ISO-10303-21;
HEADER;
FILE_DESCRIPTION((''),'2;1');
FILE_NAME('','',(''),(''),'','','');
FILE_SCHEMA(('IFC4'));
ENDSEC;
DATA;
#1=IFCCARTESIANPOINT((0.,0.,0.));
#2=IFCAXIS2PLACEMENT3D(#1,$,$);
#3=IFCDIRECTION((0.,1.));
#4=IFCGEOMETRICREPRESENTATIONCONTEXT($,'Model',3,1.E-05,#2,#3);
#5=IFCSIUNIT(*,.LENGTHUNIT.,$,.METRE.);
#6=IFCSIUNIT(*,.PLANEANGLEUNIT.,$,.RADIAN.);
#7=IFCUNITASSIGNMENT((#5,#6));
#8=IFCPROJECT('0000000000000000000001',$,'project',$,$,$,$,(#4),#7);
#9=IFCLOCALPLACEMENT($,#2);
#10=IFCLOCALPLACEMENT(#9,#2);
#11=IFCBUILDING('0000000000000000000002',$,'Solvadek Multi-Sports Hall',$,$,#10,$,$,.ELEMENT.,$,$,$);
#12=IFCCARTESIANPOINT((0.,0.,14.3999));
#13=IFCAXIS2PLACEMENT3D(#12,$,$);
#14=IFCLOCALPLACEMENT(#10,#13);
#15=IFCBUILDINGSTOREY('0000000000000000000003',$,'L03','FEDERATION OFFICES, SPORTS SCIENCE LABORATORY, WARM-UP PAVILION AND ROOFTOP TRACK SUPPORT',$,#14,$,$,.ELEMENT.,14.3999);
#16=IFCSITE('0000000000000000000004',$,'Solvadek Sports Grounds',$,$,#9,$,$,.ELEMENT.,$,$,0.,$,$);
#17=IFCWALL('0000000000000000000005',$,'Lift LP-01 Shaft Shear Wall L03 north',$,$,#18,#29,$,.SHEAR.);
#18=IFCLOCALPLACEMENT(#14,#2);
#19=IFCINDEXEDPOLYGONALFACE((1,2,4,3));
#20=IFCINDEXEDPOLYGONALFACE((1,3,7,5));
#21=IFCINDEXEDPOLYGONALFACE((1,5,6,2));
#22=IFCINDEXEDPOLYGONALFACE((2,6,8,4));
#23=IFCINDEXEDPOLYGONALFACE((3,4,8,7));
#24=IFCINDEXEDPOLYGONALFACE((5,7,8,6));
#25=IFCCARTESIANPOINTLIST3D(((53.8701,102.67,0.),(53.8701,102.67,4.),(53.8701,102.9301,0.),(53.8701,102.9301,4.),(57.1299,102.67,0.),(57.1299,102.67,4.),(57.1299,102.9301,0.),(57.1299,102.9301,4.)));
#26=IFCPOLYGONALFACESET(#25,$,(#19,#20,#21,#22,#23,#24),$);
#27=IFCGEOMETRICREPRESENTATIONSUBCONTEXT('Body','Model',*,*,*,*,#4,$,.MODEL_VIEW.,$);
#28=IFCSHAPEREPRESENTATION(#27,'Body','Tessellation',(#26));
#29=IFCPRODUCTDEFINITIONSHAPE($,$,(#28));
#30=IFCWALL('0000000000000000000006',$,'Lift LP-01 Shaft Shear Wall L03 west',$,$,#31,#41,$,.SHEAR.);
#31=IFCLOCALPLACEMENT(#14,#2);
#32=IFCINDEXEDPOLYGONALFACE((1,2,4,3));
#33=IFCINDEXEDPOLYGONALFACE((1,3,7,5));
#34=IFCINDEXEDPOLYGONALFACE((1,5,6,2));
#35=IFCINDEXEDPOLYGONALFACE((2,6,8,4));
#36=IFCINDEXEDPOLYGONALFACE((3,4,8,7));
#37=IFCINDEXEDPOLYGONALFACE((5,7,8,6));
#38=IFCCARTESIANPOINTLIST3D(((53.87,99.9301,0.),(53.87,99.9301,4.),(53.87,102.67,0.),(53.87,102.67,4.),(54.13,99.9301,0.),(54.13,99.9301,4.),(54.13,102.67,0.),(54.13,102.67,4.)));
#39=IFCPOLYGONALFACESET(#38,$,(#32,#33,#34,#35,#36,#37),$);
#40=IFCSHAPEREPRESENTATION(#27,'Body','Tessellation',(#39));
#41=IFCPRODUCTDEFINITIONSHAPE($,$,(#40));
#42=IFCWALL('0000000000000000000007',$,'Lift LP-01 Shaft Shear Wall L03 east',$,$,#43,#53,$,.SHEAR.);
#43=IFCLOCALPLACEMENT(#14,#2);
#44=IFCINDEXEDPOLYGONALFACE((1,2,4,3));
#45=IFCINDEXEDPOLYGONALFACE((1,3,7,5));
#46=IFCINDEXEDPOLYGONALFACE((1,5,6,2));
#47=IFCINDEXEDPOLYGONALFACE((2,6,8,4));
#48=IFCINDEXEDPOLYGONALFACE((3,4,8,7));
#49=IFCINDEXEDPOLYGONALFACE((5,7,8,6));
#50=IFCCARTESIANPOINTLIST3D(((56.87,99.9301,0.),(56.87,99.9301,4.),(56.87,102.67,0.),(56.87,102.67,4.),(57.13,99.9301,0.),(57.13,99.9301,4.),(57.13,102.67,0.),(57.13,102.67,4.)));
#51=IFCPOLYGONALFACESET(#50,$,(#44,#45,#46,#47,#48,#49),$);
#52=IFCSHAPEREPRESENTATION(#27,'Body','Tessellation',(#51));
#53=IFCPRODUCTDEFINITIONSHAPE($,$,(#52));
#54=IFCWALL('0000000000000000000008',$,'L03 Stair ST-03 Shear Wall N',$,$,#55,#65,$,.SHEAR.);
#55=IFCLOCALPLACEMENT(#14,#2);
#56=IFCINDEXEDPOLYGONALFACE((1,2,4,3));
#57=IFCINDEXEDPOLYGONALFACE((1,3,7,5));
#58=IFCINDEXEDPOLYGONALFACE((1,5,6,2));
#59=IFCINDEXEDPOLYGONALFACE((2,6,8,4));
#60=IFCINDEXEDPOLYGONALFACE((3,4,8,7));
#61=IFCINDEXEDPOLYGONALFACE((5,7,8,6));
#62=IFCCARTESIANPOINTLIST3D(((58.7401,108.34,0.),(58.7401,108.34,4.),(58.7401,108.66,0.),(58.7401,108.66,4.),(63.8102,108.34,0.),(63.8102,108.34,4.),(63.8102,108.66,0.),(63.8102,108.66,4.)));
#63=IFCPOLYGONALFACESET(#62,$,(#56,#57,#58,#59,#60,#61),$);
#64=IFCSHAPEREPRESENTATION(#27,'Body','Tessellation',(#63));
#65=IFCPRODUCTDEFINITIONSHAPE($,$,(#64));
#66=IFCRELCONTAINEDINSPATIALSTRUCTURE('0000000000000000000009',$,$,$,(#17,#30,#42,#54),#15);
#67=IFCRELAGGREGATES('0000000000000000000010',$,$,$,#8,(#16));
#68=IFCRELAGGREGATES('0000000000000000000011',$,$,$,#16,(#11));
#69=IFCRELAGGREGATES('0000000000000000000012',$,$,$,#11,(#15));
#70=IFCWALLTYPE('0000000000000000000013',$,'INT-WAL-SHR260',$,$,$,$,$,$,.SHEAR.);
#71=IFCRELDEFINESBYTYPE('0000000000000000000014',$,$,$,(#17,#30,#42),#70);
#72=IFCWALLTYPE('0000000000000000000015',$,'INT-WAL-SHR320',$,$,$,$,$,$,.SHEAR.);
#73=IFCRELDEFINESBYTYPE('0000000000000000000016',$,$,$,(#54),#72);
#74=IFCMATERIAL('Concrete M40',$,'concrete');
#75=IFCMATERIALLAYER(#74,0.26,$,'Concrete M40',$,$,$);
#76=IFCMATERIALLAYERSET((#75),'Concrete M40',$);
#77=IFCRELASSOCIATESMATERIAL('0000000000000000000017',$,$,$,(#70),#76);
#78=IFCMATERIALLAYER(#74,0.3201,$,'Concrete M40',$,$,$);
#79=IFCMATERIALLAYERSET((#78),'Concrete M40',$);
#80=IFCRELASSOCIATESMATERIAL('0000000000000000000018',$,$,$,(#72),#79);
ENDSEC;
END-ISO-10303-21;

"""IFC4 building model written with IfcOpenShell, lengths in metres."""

from ifc_helpers import new_model, si_unit, direction, frame, frame_2d, origin, place, context, subcontext, project, spatial, rectangle, extrude, material, layer, layer_set, type_object, element, save


model = new_model("IFC4")

# Units and contexts
model_context = context("Model", 3, precision=1e-05, world=origin(), true_north=direction((0.0, 1.0)))
body_context = subcontext(model_context, "Body", "Model", "MODEL_VIEW")
ifc_project = project(units=[si_unit("LENGTHUNIT", "METRE"), si_unit("PLANEANGLEUNIT", "RADIAN")], contexts=[model_context])

# Site, building, storey
site_placement = place(None, origin())
site = spatial("IfcSite", under=ifc_project, at=site_placement, Name="Solvadek Sports Grounds", CompositionType="ELEMENT", RefElevation=0.0)
building_placement = place(site_placement, origin())
building = spatial("IfcBuilding", under=site, at=building_placement, Name="Solvadek Multi-Sports Hall", CompositionType="ELEMENT")
storey_placement = place(building_placement, frame((0.0, 0.0, 14.3999)))
storey = spatial("IfcBuildingStorey", under=building, at=storey_placement, Name="L03", Description="FEDERATION OFFICES, SPORTS SCIENCE LABORATORY, WARM-UP PAVILION AND ROOFTOP TRACK SUPPORT", CompositionType="ELEMENT", Elevation=14.3999)

# Walls
ifc_material_1 = material(Name="Concrete M40", Category="concrete")
ifc_layer_1 = layer(ifc_material_1, 0.26, Name="Concrete M40")
ifc_layer_set_1 = layer_set([ifc_layer_1], Name="Concrete M40")
wall_type_1 = type_object("IfcWallType", Name="INT-WAL-SHR260", PredefinedType="SHEAR", material=ifc_layer_set_1)
wall_1_placement = place(storey_placement, frame((53.8701, 102.8, 0.0), z_axis=(0.0, 0.0, 1.0), x_axis=(1.0, 0.0, 0.0)))
element("IfcWall", 1, at=wall_1_placement, inside=storey, type_object=wall_type_1, Name="Lift LP-01 Shaft Shear Wall L03 north", PredefinedType="SHEAR", context=body_context, shape_type="SweptSolid", body=[
    extrude(rectangle(XDim=3.2598, YDim=0.26, at=frame_2d((1.6299, 0.0))), origin(), (0.0, 0.0, 1.0), 4.0),
])
for number, where, z_axis, x_axis, name in (
    (2, (54.0, 99.9299, 0.0), (0.0, 0.0, 1.0), (0.0, 1.0, 0.0), "Lift LP-01 Shaft Shear Wall L03 west"),
    (3, (57.0, 99.9299, 0.0), (0.0, 0.0, 1.0), (0.0, 1.0, 0.0), "Lift LP-01 Shaft Shear Wall L03 east"),
):
    element("IfcWall", number, at=place(storey_placement, frame(where, z_axis=z_axis, x_axis=x_axis)), inside=storey, type_object=wall_type_1, Name=name, PredefinedType="SHEAR", context=body_context, shape_type="SweptSolid", body=[
        extrude(rectangle(XDim=2.74, YDim=0.26, at=frame_2d((1.3701, 0.0))), origin(), (0.0, 0.0, 1.0), 4.0),
    ])
ifc_layer_2 = layer(ifc_material_1, 0.3201, Name="Concrete M40")
ifc_layer_set_2 = layer_set([ifc_layer_2], Name="Concrete M40")
wall_type_2 = type_object("IfcWallType", Name="INT-WAL-SHR320", PredefinedType="SHEAR", material=ifc_layer_set_2)
wall_2_placement = place(storey_placement, frame((58.74, 108.5, 0.0), z_axis=(0.0, 0.0, 1.0), x_axis=(1.0, 0.0, 0.0)))
element("IfcWall", 4, at=wall_2_placement, inside=storey, type_object=wall_type_2, Name="L03 Stair ST-03 Shear Wall N", PredefinedType="SHEAR", context=body_context, shape_type="SweptSolid", body=[
    extrude(rectangle(XDim=5.0701, YDim=0.3201, at=frame_2d((2.5352, 0.0))), origin(), (0.0, 0.0, 1.0), 4.0),
])

save(model, "model.ifc")
